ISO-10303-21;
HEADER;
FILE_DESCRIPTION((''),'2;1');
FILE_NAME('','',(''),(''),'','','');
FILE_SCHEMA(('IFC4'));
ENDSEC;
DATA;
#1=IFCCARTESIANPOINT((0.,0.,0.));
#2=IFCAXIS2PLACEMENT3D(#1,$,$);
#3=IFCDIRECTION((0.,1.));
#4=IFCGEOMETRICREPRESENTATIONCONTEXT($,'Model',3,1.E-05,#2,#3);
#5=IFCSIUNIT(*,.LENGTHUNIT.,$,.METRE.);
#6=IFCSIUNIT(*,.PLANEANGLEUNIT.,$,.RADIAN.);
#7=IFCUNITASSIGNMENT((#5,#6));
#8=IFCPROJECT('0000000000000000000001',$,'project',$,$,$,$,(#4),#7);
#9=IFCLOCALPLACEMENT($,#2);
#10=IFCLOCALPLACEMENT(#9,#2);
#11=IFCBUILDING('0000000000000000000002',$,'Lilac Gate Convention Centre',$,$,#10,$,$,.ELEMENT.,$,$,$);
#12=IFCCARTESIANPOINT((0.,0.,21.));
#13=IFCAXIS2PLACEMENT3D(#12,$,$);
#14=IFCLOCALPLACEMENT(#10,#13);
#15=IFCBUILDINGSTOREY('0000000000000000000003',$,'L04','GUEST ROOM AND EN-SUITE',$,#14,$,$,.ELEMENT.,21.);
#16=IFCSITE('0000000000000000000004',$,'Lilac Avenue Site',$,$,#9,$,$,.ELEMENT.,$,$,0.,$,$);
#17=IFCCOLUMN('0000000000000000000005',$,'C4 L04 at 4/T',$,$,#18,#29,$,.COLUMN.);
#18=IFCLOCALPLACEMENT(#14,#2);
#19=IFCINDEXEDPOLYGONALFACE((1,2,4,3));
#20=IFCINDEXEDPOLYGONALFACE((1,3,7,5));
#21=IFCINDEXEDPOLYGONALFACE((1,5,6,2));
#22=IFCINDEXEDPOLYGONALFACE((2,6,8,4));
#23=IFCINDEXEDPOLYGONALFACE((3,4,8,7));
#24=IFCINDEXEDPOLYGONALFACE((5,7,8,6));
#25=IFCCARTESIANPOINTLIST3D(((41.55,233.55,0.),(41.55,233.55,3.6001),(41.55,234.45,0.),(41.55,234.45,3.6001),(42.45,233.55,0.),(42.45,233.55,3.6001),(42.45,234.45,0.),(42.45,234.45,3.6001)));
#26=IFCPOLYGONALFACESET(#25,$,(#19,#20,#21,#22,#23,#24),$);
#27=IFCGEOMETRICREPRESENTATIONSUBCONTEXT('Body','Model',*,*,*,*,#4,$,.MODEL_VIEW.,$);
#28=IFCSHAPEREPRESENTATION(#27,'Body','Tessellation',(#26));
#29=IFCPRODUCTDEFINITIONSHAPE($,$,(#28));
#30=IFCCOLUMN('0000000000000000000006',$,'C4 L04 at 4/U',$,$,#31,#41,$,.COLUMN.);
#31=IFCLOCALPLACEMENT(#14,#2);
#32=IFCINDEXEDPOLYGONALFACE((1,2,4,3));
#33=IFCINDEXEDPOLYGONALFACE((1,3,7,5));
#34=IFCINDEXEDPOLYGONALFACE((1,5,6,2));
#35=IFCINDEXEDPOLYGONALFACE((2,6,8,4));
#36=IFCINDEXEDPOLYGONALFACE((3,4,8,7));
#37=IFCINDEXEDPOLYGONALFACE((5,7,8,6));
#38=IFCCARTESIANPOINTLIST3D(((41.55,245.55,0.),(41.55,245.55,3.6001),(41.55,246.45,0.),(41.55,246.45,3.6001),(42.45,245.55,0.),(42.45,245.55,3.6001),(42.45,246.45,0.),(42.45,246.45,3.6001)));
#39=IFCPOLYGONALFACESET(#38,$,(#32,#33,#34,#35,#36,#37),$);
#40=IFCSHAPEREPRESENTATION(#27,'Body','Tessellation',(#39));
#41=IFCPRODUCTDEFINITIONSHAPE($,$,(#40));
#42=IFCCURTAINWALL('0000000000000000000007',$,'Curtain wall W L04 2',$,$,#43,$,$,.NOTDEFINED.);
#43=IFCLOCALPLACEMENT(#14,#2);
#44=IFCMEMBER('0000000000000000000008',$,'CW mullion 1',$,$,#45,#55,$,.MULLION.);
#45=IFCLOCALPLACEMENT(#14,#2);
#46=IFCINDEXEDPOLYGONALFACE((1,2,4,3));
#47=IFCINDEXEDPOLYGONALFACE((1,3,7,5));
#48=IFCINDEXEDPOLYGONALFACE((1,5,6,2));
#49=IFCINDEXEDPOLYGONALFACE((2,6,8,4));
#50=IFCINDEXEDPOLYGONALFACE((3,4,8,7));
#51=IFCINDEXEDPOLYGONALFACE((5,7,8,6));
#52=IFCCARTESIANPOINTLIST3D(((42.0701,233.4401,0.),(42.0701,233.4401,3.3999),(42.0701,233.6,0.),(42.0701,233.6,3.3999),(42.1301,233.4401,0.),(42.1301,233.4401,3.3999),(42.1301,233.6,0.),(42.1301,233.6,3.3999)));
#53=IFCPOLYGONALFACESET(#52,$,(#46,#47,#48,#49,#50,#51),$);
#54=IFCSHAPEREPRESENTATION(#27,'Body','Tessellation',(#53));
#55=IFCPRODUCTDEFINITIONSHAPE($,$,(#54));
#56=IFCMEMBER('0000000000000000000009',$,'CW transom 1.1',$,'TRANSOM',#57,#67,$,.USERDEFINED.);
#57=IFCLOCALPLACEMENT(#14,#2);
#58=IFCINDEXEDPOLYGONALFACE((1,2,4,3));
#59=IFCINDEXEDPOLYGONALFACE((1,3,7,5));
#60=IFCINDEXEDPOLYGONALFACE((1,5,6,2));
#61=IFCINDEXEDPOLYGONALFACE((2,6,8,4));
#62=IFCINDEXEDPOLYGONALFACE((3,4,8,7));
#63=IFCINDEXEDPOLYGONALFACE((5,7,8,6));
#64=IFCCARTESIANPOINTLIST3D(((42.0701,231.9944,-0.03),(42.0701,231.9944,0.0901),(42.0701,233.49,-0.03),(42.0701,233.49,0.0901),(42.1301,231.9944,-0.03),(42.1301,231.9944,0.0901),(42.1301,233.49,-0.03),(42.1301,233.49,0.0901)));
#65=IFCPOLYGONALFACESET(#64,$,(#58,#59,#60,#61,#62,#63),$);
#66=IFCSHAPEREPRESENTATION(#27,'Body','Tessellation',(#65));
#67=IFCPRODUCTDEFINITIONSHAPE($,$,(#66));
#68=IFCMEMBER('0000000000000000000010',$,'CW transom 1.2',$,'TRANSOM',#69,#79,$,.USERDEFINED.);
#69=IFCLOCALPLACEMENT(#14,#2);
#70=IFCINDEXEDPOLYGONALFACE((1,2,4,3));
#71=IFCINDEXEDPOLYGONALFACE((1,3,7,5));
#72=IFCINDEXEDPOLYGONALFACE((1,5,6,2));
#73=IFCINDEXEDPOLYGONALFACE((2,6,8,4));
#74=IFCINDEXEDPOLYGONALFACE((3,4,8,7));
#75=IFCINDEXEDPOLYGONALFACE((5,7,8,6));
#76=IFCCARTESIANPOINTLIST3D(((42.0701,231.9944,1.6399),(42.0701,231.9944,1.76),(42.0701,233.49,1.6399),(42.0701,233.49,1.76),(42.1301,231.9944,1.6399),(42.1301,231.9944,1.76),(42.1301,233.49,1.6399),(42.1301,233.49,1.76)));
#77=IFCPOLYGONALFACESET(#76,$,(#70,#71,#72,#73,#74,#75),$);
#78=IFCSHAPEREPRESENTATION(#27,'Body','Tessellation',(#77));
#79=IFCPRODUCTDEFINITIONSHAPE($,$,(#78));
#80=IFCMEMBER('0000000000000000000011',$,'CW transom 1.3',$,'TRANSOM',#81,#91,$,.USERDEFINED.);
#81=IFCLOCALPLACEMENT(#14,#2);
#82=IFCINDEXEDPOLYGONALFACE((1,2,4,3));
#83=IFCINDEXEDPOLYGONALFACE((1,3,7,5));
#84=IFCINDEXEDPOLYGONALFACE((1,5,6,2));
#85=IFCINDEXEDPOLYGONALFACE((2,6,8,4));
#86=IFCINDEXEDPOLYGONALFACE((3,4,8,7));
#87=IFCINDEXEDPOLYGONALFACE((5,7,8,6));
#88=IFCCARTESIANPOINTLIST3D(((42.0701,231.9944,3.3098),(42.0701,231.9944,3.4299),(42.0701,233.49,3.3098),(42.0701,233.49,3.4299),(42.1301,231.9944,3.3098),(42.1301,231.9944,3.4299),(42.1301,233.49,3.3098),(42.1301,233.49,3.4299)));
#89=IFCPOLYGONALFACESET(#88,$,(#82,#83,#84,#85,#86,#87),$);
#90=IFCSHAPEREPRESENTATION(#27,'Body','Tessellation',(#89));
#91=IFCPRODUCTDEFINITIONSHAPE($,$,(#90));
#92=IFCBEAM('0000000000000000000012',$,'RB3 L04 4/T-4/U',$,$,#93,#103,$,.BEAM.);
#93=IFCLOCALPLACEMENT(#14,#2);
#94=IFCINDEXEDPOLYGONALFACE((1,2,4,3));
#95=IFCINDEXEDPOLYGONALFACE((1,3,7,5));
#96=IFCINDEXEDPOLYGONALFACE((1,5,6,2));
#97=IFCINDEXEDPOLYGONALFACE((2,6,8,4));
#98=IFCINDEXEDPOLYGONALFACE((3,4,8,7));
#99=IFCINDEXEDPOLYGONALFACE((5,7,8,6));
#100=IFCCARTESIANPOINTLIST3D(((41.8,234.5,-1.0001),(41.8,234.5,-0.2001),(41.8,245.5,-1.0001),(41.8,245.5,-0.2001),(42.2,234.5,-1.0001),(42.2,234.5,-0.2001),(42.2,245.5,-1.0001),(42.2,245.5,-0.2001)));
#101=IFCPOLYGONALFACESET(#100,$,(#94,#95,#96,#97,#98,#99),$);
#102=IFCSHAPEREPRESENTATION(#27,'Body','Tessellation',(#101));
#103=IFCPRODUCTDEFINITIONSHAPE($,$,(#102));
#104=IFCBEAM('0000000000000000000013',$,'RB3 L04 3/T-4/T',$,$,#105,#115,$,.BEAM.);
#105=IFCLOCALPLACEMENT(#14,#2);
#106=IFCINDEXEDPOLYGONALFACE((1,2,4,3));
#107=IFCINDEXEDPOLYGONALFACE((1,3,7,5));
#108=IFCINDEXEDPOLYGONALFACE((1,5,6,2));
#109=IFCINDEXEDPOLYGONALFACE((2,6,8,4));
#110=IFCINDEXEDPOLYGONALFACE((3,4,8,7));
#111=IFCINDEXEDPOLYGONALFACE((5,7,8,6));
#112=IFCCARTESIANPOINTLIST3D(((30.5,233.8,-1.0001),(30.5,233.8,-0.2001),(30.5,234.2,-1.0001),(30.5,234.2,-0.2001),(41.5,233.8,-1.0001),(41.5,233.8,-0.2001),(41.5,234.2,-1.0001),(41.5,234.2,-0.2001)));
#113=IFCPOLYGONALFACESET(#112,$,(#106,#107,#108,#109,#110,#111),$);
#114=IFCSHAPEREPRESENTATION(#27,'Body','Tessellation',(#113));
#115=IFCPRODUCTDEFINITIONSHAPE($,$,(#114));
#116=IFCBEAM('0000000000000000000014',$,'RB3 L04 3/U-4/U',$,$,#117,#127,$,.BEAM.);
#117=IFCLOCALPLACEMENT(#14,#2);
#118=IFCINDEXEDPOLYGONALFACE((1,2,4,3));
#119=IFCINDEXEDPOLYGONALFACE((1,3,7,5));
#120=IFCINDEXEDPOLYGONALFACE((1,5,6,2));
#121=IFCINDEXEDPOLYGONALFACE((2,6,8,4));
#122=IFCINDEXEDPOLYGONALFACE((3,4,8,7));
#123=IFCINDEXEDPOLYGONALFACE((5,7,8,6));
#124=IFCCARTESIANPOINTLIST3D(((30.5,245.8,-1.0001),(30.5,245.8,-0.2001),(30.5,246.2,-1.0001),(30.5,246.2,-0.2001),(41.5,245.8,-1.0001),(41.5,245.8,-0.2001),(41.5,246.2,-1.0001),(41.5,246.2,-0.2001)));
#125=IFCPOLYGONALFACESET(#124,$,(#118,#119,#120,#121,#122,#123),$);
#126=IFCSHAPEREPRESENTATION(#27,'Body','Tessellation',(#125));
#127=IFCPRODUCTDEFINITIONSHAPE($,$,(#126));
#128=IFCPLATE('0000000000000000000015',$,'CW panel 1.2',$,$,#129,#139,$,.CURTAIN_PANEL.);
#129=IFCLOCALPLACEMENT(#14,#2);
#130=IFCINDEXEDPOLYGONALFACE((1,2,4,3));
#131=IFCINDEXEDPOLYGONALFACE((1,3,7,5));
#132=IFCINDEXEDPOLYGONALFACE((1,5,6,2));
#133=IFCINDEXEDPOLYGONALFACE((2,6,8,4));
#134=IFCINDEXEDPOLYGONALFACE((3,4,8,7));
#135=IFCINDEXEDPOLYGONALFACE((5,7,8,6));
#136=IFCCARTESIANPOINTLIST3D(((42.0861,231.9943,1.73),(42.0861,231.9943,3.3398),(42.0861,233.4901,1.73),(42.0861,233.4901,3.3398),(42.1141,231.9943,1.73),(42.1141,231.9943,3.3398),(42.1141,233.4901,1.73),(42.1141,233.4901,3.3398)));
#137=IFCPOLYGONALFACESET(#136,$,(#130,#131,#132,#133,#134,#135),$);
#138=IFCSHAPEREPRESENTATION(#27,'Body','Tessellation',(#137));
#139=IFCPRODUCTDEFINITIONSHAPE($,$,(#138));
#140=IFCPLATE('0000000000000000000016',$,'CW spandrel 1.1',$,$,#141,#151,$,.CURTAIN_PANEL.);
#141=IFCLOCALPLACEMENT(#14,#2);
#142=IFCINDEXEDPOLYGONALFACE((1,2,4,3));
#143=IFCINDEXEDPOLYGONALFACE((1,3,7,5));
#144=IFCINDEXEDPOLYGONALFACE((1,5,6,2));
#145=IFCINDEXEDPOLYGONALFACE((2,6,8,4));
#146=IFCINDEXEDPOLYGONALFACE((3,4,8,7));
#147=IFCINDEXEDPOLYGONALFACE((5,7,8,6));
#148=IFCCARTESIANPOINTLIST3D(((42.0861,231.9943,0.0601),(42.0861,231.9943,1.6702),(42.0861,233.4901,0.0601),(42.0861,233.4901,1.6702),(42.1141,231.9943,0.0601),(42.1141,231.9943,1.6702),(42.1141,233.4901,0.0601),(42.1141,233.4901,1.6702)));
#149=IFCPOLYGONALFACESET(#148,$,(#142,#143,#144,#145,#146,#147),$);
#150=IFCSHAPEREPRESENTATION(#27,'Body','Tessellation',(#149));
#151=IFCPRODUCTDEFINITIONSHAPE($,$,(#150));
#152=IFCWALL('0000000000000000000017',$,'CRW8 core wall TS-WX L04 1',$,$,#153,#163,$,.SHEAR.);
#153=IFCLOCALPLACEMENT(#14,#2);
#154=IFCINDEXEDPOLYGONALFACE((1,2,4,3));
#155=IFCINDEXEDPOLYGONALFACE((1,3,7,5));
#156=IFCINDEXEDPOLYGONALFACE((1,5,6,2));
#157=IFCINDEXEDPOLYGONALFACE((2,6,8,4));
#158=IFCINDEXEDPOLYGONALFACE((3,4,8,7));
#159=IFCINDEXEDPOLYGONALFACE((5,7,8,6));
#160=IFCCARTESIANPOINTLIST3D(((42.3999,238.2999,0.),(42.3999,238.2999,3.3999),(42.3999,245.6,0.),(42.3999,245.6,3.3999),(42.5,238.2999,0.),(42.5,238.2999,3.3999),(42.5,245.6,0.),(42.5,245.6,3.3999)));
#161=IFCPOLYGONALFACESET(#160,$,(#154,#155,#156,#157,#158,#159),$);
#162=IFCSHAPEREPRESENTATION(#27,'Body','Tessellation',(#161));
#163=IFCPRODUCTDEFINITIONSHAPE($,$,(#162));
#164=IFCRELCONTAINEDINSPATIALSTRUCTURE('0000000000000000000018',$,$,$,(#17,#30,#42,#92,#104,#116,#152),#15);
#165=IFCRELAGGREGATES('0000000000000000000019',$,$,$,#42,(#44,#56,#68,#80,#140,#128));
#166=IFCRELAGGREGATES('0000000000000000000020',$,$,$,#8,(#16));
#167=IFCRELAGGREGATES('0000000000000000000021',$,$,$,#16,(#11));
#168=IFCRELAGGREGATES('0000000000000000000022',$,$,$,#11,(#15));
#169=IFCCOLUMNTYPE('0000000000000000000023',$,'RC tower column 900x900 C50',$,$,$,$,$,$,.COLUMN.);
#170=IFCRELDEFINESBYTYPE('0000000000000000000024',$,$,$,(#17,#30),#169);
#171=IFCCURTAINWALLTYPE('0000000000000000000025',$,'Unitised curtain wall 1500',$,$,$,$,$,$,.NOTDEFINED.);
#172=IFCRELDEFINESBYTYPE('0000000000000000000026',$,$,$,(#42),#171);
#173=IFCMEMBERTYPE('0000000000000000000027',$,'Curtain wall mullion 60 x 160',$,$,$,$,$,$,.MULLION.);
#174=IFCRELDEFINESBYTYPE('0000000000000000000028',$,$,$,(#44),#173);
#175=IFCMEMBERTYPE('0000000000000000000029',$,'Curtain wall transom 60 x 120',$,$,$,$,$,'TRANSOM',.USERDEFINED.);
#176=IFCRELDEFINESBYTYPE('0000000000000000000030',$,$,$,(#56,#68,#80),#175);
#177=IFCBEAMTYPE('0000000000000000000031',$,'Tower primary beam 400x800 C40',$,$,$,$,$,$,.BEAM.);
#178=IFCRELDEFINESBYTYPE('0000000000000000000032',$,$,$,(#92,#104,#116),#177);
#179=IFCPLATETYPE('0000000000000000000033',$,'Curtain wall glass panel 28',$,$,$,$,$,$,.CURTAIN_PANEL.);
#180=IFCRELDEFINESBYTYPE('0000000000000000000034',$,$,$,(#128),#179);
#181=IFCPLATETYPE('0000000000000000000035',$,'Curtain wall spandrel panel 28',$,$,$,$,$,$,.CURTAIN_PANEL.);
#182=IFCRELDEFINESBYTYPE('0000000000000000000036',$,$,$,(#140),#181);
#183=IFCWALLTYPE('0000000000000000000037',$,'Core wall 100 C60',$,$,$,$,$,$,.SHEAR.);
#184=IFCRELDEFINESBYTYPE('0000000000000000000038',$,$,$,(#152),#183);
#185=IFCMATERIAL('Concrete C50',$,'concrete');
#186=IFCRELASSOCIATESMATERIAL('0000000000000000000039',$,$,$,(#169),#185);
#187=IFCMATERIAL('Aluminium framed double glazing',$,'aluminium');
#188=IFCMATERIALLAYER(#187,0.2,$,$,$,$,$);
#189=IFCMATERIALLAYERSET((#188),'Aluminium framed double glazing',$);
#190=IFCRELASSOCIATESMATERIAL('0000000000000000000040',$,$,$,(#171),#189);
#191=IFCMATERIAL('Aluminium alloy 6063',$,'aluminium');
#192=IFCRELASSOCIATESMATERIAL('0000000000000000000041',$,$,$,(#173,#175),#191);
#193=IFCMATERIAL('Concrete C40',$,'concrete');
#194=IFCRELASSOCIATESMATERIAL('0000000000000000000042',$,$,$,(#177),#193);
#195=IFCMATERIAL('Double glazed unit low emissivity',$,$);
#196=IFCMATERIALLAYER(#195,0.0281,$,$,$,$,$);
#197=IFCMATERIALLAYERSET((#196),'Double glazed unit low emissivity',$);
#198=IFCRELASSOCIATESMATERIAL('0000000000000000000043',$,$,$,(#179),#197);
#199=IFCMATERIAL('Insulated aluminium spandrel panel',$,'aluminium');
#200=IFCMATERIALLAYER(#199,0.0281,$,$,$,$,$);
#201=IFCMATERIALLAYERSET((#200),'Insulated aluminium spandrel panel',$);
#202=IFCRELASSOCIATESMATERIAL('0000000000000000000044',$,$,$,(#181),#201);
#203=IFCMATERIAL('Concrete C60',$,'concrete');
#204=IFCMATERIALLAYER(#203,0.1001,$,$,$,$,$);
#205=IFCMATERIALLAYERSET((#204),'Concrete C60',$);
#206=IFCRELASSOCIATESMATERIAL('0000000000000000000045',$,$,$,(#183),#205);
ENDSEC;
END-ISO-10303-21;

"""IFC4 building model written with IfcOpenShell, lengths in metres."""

from ifc_helpers import new_model, si_unit, direction, frame, frame_2d, origin, origin_2d, place, context, subcontext, project, spatial, rectangle, extrude, material, layer, layer_set, material_profile, profile_set, type_object, element, aggregate, save


model = new_model("IFC4")

# Units and contexts
model_context = context("Model", 3, precision=1e-05, world=origin(), true_north=direction((0.0, 1.0)))
body_context = subcontext(model_context, "Body", "Model", "MODEL_VIEW")
ifc_project = project(units=[si_unit("LENGTHUNIT", "METRE"), si_unit("PLANEANGLEUNIT", "RADIAN")], contexts=[model_context])

# Site, building, storey
site_placement = place(None, origin())
site = spatial("IfcSite", under=ifc_project, at=site_placement, Name="Lilac Avenue Site", CompositionType="ELEMENT", RefElevation=0.0)
building_placement = place(site_placement, origin())
building = spatial("IfcBuilding", under=site, at=building_placement, Name="Lilac Gate Convention Centre", CompositionType="ELEMENT")
storey_placement = place(building_placement, frame((0.0, 0.0, 21.0)))
storey = spatial("IfcBuildingStorey", under=building, at=storey_placement, Name="L04", Description="GUEST ROOM AND EN-SUITE", CompositionType="ELEMENT", Elevation=21.0)

# Columns
ifc_material_1 = material(Name="Concrete C50", Category="concrete")
ifc_material_profile_1 = material_profile(ifc_material_1, rectangle(XDim=0.8999, YDim=0.8999, at=origin_2d()), Name="RC 900x900")
ifc_profile_set_1 = profile_set([ifc_material_profile_1], Name="Concrete C50")
column_type = type_object("IfcColumnType", Name="RC tower column 900x900 C50", PredefinedType="COLUMN", material=ifc_profile_set_1)
for number, where, z_axis, x_axis, name in (
    (1, (42.0, 234.0, 0.0), (0.0, 0.0, 1.0), (1.0, 0.0, 0.0), "C4 L04 at 4/T"),
    (2, (42.0, 246.0, 0.0), (0.0, 0.0, 1.0), (1.0, 0.0, 0.0), "C4 L04 at 4/U"),
):
    element("IfcColumn", number, at=place(storey_placement, frame(where, z_axis=z_axis, x_axis=x_axis)), inside=storey, type_object=column_type, Name=name, PredefinedType="COLUMN", context=body_context, shape_type="SweptSolid", body=[
        extrude(rectangle(XDim=0.8999, YDim=0.8999, at=origin_2d()), origin(), (0.0, 0.0, 1.0), 3.6001),
    ])

# Curtain wall, members
ifc_material_2 = material(Name="Aluminium framed double glazing", Category="aluminium")
ifc_layer_1 = layer(ifc_material_2, 0.2)
ifc_layer_set_1 = layer_set([ifc_layer_1], Name="Aluminium framed double glazing")
curtain_wall_type = type_object("IfcCurtainWallType", Name="Unitised curtain wall 1500", PredefinedType="NOTDEFINED", material=ifc_layer_set_1)
curtain_wall_placement = place(storey_placement, origin())
curtain_wall = element("IfcCurtainWall", 3, at=curtain_wall_placement, inside=storey, type_object=curtain_wall_type, Name="Curtain wall W L04 2", PredefinedType="NOTDEFINED")
ifc_material_3 = material(Name="Aluminium alloy 6063", Category="aluminium")
ifc_material_profile_2 = material_profile(ifc_material_3, rectangle(XDim=0.0601, YDim=0.1599, at=origin_2d()), Name="Curtain wall mullion 60 x 160")
ifc_profile_set_2 = profile_set([ifc_material_profile_2], Name="Aluminium alloy 6063")
member_type_1 = type_object("IfcMemberType", Name="Curtain wall mullion 60 x 160", PredefinedType="MULLION", material=ifc_profile_set_2)
member_1_placement = place(storey_placement, frame((42.1001, 233.52, 0.0), z_axis=(0.0, 0.0, 1.0), x_axis=(1.0, 0.0, 0.0)))
member_1 = element("IfcMember", 4, at=member_1_placement, type_object=member_type_1, Name="CW mullion 1", PredefinedType="MULLION", context=body_context, shape_type="SweptSolid", body=[
    extrude(rectangle(XDim=0.0601, YDim=0.1599, at=origin_2d()), origin(), (0.0, 0.0, 1.0), 3.3999),
])
ifc_material_profile_3 = material_profile(ifc_material_3, rectangle(XDim=0.0601, YDim=0.1201, at=origin_2d()), Name="Curtain wall transom 60 x 120")
ifc_profile_set_3 = profile_set([ifc_material_profile_3], Name="Aluminium alloy 6063")
member_type_2 = type_object("IfcMemberType", Name="Curtain wall transom 60 x 120", ElementType="TRANSOM", PredefinedType="USERDEFINED", material=ifc_profile_set_3)
member_2_placement = place(storey_placement, frame((42.1001, 233.49, 0.03), z_axis=(0.0, -1.0, 0.0), x_axis=(1.0, 0.0, 0.0)))
member_2 = element("IfcMember", 5, at=member_2_placement, type_object=member_type_2, Name="CW transom 1.1", ObjectType="TRANSOM", PredefinedType="USERDEFINED", context=body_context, shape_type="SweptSolid", body=[
    extrude(rectangle(XDim=0.0601, YDim=0.1201, at=origin_2d()), origin(), (0.0, 0.0, 1.0), 1.4956),
])
member_3_placement = place(storey_placement, frame((42.1001, 233.49, 1.7), z_axis=(0.0, -1.0, 0.0), x_axis=(1.0, 0.0, 0.0)))
member_3 = element("IfcMember", 6, at=member_3_placement, type_object=member_type_2, Name="CW transom 1.2", ObjectType="TRANSOM", PredefinedType="USERDEFINED", context=body_context, shape_type="SweptSolid", body=[
    extrude(rectangle(XDim=0.0601, YDim=0.1201, at=origin_2d()), origin(), (0.0, 0.0, 1.0), 1.4956),
])
member_4_placement = place(storey_placement, frame((42.1001, 233.49, 3.3699), z_axis=(0.0, -1.0, 0.0), x_axis=(1.0, 0.0, 0.0)))
member_4 = element("IfcMember", 7, at=member_4_placement, type_object=member_type_2, Name="CW transom 1.3", ObjectType="TRANSOM", PredefinedType="USERDEFINED", context=body_context, shape_type="SweptSolid", body=[
    extrude(rectangle(XDim=0.0601, YDim=0.1201, at=origin_2d()), origin(), (0.0, 0.0, 1.0), 1.4956),
])

# Beams
ifc_material_4 = material(Name="Concrete C40", Category="concrete")
ifc_material_profile_4 = material_profile(ifc_material_4, rectangle(XDim=0.3999, YDim=0.8, at=origin_2d()), Name="RC 400x800")
ifc_profile_set_4 = profile_set([ifc_material_profile_4], Name="Concrete C40")
beam_type = type_object("IfcBeamType", Name="Tower primary beam 400x800 C40", PredefinedType="BEAM", material=ifc_profile_set_4)
for number, where, z_axis, x_axis, name in (
    (8, (42.0, 234.5, -0.6001), (0.0, 1.0, 0.0), (-1.0, 0.0, 0.0), "RB3 L04 4/T-4/U"),
    (9, (30.5, 234.0, -0.6001), (1.0, 0.0, 0.0), (0.0, 1.0, 0.0), "RB3 L04 3/T-4/T"),
    (10, (30.5, 246.0, -0.6001), (1.0, 0.0, 0.0), (0.0, 1.0, 0.0), "RB3 L04 3/U-4/U"),
):
    element("IfcBeam", number, at=place(storey_placement, frame(where, z_axis=z_axis, x_axis=x_axis)), inside=storey, type_object=beam_type, Name=name, PredefinedType="BEAM", context=body_context, shape_type="SweptSolid", body=[
        extrude(rectangle(XDim=0.3999, YDim=0.8, at=origin_2d()), origin(), (0.0, 0.0, 1.0), 11.0),
    ])

# Plates
ifc_material_5 = material(Name="Double glazed unit low emissivity")
ifc_layer_2 = layer(ifc_material_5, 0.0281)
ifc_layer_set_2 = layer_set([ifc_layer_2], Name="Double glazed unit low emissivity")
plate_type_1 = type_object("IfcPlateType", Name="Curtain wall glass panel 28", PredefinedType="CURTAIN_PANEL", material=ifc_layer_set_2)
plate_1_placement = place(storey_placement, frame((42.1001, 232.7422, 1.73), z_axis=(0.0, 0.0, 1.0), x_axis=(0.0, -1.0, 0.0)))
plate_1 = element("IfcPlate", 11, at=plate_1_placement, type_object=plate_type_1, Name="CW panel 1.2", PredefinedType="CURTAIN_PANEL", context=body_context, shape_type="SweptSolid", body=[
    extrude(rectangle(XDim=1.4958, YDim=0.0281, at=origin_2d()), origin(), (0.0, 0.0, 1.0), 1.6099),
])
ifc_material_6 = material(Name="Insulated aluminium spandrel panel", Category="aluminium")
ifc_layer_3 = layer(ifc_material_6, 0.0281)
ifc_layer_set_3 = layer_set([ifc_layer_3], Name="Insulated aluminium spandrel panel")
plate_type_2 = type_object("IfcPlateType", Name="Curtain wall spandrel panel 28", PredefinedType="CURTAIN_PANEL", material=ifc_layer_set_3)
plate_2_placement = place(storey_placement, frame((42.1001, 232.7422, 0.0601), z_axis=(0.0, 0.0, 1.0), x_axis=(0.0, -1.0, 0.0)))
plate_2 = element("IfcPlate", 12, at=plate_2_placement, type_object=plate_type_2, Name="CW spandrel 1.1", PredefinedType="CURTAIN_PANEL", context=body_context, shape_type="SweptSolid", body=[
    extrude(rectangle(XDim=1.4958, YDim=0.0281, at=origin_2d()), origin(), (0.0, 0.0, 1.0), 1.6101),
])
aggregate(curtain_wall, [member_1, member_2, member_3, member_4, plate_2, plate_1])

# Wall
ifc_material_7 = material(Name="Concrete C60", Category="concrete")
ifc_layer_4 = layer(ifc_material_7, 0.1001)
ifc_layer_set_4 = layer_set([ifc_layer_4], Name="Concrete C60")
wall_type_1 = type_object("IfcWallType", Name="Core wall 100 C60", PredefinedType="SHEAR", material=ifc_layer_set_4)
wall_1_placement = place(storey_placement, frame((42.45, 238.3, 0.0), z_axis=(0.0, 0.0, 1.0), x_axis=(0.0, 1.0, 0.0)))
element("IfcWall", 13, at=wall_1_placement, inside=storey, type_object=wall_type_1, Name="CRW8 core wall TS-WX L04 1", PredefinedType="SHEAR", context=body_context, shape_type="SweptSolid", body=[
    extrude(rectangle(XDim=7.3, YDim=0.1001, at=frame_2d((3.6499, 0.0))), origin(), (0.0, 0.0, 1.0), 3.3999),
])

save(model, "model.ifc")
